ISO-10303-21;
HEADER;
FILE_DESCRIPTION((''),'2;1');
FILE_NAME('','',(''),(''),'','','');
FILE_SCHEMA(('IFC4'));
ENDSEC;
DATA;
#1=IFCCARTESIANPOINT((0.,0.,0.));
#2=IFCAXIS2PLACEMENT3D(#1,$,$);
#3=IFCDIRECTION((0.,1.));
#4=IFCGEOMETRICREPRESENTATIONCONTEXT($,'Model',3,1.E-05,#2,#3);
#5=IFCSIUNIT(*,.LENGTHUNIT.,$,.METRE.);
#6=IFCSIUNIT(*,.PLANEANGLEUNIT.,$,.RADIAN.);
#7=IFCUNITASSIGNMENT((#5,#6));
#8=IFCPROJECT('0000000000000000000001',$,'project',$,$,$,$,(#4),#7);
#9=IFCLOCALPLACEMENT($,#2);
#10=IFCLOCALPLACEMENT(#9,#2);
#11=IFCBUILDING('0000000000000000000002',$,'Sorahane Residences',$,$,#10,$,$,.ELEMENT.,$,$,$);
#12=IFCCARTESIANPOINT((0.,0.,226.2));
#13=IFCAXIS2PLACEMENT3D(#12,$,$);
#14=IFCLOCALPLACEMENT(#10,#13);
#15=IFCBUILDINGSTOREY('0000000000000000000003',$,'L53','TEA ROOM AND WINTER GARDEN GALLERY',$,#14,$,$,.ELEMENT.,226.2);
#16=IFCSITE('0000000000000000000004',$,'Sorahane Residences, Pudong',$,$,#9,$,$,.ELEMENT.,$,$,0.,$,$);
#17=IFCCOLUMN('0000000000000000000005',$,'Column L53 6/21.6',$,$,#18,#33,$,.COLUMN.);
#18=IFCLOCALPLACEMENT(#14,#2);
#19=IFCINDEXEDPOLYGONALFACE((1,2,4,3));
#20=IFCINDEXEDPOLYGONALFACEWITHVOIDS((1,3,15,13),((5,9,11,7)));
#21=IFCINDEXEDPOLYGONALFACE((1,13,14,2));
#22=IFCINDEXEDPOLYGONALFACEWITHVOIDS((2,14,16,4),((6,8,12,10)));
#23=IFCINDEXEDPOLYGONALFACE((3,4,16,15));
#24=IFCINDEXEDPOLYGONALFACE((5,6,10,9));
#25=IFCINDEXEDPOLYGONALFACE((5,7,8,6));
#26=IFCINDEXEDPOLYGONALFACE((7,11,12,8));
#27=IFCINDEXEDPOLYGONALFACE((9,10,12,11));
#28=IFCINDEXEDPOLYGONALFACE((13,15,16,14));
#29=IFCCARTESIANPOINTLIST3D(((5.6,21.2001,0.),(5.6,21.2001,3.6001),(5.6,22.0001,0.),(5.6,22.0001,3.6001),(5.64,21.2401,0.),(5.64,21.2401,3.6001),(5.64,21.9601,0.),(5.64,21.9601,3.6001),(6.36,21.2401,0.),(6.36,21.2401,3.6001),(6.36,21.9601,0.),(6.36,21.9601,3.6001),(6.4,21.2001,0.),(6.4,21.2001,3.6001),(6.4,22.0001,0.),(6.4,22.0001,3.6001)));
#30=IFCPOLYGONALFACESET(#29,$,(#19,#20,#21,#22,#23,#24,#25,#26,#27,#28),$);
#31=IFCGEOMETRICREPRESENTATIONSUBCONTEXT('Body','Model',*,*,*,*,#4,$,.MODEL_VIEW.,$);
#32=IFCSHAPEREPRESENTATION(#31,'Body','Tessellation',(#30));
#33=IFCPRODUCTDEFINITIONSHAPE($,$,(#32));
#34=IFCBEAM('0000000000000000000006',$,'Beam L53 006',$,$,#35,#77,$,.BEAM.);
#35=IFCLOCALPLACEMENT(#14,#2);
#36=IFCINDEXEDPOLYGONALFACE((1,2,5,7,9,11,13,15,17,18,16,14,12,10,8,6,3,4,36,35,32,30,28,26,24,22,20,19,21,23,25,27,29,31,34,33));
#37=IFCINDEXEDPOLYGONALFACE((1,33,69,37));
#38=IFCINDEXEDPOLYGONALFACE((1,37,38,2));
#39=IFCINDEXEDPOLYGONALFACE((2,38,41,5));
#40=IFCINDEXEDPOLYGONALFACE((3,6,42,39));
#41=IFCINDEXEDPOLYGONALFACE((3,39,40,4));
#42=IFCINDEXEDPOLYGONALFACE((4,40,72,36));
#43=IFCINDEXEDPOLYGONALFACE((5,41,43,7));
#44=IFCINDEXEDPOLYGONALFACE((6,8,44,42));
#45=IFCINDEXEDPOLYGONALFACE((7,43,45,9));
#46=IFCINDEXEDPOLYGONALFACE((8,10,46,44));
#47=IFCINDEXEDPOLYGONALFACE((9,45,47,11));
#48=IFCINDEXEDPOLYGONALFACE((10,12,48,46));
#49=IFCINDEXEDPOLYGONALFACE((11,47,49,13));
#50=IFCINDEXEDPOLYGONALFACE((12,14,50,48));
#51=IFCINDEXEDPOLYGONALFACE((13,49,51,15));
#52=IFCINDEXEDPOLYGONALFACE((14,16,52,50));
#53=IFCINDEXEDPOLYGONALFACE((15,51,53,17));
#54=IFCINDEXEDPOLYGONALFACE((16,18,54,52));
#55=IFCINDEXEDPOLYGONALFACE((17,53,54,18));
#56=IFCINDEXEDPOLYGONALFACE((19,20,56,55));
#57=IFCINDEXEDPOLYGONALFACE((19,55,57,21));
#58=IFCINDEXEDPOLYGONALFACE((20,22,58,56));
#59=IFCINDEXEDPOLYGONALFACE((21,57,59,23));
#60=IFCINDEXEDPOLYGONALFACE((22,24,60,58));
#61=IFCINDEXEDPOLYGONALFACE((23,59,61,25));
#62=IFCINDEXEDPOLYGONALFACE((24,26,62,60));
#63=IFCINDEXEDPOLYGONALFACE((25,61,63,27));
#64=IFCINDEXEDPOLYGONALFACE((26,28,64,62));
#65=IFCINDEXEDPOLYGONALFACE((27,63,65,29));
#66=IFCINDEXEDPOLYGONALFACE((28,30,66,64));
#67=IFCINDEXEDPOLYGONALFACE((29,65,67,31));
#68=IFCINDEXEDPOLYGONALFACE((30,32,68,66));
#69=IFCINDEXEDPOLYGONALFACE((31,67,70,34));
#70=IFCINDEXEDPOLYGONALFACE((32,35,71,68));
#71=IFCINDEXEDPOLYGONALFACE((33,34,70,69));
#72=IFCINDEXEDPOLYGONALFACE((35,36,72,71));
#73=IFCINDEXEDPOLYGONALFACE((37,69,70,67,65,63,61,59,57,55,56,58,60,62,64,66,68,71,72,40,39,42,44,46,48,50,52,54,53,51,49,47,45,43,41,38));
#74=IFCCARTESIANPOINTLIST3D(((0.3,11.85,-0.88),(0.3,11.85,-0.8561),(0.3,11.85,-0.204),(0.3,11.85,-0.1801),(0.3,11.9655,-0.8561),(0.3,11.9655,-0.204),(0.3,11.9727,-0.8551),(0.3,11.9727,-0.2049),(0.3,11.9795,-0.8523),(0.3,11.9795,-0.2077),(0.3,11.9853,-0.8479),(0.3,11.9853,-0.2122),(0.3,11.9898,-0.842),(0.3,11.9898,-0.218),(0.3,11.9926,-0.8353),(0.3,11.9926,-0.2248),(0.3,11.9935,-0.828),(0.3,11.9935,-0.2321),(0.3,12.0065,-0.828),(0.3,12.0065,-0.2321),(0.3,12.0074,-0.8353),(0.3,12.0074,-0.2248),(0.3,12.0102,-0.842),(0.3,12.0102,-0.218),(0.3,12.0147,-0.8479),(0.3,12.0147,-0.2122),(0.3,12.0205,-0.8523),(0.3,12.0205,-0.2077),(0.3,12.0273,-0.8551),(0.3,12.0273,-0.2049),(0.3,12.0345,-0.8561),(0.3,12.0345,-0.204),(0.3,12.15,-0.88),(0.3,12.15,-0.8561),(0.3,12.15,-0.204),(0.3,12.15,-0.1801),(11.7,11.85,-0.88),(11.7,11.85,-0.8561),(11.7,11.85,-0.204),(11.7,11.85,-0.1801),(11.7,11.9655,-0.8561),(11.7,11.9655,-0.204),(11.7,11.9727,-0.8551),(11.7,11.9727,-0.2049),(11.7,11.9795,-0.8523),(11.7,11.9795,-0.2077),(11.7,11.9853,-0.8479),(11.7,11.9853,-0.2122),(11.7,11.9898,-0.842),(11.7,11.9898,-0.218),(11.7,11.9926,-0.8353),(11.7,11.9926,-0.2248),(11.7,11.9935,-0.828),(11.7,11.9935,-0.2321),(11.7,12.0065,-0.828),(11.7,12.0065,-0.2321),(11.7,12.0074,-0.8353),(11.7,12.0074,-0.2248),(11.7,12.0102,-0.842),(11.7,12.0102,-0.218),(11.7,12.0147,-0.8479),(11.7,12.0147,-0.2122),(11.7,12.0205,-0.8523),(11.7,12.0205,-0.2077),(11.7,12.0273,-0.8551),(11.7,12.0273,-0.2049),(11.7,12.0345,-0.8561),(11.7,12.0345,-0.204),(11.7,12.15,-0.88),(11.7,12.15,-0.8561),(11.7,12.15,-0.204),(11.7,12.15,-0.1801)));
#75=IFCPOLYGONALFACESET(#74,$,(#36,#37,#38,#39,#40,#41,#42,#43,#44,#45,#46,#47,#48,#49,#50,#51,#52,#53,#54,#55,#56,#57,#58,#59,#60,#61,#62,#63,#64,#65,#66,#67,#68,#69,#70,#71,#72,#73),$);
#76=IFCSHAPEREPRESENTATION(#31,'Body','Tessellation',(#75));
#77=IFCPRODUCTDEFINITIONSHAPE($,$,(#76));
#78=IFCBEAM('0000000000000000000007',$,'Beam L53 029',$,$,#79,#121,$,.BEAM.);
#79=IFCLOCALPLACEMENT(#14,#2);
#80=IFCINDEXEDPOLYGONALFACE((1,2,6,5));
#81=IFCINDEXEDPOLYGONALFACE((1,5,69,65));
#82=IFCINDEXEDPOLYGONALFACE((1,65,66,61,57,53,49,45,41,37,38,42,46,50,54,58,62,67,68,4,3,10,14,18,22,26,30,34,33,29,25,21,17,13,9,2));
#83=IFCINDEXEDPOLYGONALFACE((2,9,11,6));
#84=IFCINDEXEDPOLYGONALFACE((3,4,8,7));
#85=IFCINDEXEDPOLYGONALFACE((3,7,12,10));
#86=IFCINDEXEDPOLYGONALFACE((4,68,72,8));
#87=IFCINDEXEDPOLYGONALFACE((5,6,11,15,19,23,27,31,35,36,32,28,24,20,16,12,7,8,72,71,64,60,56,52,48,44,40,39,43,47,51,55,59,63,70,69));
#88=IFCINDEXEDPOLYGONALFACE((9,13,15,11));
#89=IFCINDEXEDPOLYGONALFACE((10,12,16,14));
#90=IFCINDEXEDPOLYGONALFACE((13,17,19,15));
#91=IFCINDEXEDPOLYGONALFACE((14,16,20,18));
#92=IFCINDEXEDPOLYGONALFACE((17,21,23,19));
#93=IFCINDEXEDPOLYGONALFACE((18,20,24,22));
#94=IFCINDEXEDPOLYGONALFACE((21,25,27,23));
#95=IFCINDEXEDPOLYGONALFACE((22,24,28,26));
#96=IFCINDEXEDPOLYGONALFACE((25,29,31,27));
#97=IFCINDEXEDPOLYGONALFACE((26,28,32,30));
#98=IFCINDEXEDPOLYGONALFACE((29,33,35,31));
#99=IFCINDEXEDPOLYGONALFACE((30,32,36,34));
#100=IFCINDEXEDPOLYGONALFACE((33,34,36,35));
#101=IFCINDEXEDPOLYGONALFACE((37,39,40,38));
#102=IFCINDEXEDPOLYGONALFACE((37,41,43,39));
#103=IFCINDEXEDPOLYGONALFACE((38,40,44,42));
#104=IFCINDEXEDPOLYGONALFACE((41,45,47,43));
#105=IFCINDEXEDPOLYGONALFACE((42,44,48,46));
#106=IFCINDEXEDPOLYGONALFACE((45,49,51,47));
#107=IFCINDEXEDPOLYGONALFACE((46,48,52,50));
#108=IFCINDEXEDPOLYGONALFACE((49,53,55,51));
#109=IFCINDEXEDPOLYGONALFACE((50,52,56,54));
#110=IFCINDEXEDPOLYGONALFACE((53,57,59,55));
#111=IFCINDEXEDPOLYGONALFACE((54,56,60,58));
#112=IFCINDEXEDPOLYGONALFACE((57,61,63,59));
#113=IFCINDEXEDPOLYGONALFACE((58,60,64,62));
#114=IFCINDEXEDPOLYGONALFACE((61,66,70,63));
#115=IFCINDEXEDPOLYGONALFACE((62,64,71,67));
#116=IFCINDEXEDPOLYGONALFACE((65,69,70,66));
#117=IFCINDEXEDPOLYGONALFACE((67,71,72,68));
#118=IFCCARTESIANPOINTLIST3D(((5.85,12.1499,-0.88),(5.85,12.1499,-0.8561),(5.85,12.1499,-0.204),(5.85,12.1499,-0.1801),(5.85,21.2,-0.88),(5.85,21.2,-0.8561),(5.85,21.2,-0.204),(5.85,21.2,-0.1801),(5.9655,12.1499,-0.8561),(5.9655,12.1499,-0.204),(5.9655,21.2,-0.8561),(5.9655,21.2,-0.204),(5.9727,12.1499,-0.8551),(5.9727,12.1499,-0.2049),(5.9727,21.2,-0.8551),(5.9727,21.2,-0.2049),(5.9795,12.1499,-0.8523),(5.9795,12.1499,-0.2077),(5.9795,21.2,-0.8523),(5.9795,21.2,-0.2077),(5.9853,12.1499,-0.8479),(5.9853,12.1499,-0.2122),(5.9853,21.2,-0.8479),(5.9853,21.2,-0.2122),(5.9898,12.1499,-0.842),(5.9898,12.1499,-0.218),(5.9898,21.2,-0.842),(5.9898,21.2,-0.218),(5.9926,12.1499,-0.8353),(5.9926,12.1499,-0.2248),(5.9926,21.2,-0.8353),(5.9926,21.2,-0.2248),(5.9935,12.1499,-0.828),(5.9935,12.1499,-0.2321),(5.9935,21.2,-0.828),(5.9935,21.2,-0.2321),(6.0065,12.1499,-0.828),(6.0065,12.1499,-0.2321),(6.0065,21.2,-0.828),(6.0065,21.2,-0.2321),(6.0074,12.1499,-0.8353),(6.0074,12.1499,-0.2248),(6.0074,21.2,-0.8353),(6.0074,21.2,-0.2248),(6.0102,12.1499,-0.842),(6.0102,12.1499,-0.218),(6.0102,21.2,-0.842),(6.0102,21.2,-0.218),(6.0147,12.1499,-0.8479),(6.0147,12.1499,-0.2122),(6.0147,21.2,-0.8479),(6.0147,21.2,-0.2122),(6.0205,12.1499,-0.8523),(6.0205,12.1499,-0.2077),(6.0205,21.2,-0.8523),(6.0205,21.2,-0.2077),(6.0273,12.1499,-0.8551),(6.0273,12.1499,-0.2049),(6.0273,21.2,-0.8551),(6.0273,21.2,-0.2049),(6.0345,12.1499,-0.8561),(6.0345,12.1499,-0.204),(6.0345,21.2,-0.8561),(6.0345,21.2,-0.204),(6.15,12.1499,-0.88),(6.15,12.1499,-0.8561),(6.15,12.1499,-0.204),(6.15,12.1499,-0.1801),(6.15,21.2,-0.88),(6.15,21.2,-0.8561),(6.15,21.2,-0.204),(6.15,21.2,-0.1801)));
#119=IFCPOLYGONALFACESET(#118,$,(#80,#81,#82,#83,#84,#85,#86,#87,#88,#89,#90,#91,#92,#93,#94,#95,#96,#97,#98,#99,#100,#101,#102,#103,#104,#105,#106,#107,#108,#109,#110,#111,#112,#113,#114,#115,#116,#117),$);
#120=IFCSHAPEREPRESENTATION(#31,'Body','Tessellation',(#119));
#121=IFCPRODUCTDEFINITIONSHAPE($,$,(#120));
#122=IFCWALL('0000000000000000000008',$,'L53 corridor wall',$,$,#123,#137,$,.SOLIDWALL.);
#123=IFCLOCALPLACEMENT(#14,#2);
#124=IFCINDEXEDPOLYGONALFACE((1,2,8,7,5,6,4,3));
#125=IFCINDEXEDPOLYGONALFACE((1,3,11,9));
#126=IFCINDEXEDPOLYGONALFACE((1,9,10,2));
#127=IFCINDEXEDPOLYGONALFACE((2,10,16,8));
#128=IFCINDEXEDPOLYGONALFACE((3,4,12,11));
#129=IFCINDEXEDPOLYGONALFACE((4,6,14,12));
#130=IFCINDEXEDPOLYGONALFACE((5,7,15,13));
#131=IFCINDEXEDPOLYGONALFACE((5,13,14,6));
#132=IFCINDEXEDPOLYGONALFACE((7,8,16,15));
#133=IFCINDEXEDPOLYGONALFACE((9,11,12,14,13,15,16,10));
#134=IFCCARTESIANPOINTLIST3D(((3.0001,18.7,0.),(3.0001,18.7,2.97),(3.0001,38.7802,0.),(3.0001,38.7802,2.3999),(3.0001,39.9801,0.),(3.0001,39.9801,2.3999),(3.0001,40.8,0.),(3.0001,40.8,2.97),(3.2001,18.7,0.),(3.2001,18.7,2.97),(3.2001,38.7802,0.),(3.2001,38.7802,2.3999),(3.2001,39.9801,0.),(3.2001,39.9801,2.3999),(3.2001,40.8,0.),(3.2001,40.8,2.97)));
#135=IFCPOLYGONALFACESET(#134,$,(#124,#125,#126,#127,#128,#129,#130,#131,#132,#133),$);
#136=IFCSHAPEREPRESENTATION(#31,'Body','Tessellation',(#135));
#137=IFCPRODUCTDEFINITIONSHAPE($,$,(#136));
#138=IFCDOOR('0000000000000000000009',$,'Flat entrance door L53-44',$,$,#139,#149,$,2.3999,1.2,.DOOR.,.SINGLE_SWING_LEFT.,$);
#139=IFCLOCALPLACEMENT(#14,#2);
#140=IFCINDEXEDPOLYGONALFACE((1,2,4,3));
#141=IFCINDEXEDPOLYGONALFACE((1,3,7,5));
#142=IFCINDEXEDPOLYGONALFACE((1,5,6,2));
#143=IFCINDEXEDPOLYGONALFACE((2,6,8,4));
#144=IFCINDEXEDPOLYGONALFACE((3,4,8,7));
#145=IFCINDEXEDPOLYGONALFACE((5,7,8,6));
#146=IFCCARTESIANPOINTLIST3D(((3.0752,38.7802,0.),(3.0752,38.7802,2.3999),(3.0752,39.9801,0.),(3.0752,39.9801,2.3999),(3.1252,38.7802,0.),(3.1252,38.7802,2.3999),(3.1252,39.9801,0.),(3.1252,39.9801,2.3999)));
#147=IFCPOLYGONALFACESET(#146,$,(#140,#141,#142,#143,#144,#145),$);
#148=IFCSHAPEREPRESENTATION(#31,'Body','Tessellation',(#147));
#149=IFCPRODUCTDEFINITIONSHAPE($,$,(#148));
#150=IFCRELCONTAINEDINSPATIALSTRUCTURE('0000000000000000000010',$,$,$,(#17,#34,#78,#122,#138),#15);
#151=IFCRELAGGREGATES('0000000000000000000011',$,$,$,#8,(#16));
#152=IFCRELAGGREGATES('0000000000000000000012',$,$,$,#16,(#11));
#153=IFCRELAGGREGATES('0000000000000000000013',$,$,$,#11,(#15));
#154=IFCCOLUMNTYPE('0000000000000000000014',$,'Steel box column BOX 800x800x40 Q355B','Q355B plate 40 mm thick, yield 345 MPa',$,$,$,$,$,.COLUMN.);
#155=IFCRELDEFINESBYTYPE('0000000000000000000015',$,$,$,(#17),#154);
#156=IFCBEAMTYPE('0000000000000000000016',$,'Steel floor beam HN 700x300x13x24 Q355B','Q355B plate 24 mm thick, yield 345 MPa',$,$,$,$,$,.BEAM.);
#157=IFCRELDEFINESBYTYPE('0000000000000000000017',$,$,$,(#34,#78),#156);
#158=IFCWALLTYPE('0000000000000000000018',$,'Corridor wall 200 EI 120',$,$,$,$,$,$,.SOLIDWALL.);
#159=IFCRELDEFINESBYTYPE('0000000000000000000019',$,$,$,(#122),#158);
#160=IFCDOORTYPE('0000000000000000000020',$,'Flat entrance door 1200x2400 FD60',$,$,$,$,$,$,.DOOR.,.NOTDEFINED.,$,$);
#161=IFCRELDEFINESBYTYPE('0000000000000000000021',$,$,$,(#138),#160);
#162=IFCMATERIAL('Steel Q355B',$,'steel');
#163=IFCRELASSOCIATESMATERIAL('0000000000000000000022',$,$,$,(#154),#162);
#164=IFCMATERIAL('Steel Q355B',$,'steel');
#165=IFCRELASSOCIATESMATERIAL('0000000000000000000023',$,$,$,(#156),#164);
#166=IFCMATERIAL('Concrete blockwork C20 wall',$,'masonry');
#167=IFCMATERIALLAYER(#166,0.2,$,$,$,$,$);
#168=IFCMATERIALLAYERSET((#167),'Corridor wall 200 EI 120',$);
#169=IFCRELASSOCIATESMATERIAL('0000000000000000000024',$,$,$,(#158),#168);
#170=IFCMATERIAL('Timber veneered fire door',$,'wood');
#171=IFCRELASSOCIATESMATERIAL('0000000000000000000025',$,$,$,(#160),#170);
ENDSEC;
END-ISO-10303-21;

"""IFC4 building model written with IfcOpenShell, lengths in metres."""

from ifc_helpers import new_model, si_unit, direction, frame, frame_2d, origin, origin_2d, place, context, subcontext, project, spatial, rectangle, hollow_rectangle, i_section, extrude, material, layer, layer_set, material_profile, profile_set, type_object, element, fill, save


model = new_model("IFC4")

# Units and contexts
model_context = context("Model", 3, precision=1e-05, world=origin(), true_north=direction((0.0, 1.0)))
body_context = subcontext(model_context, "Body", "Model", "MODEL_VIEW")
ifc_project = project(units=[si_unit("LENGTHUNIT", "METRE"), si_unit("PLANEANGLEUNIT", "RADIAN")], contexts=[model_context])

# Site, building, storey
site_placement = place(None, origin())
site = spatial("IfcSite", under=ifc_project, at=site_placement, Name="Sorahane Residences, Pudong", CompositionType="ELEMENT", RefElevation=0.0)
building_placement = place(site_placement, origin())
building = spatial("IfcBuilding", under=site, at=building_placement, Name="Sorahane Residences", CompositionType="ELEMENT")
storey_placement = place(building_placement, frame((0.0, 0.0, 226.2)))
storey = spatial("IfcBuildingStorey", under=building, at=storey_placement, Name="L53", Description="TEA ROOM AND WINTER GARDEN GALLERY", CompositionType="ELEMENT", Elevation=226.2)

# Column
ifc_material_1 = material(Name="Steel Q355B", Category="steel")
ifc_material_profile_1 = material_profile(ifc_material_1, hollow_rectangle(XDim=0.8, YDim=0.8, WallThickness=0.04, at=origin_2d()), Name="BOX 800x800x40")
ifc_profile_set_1 = profile_set([ifc_material_profile_1], Name="Steel Q355B")
column_type = type_object("IfcColumnType", Name="Steel box column BOX 800x800x40 Q355B", Description="Q355B plate 40 mm thick, yield 345 MPa", PredefinedType="COLUMN", material=ifc_profile_set_1)
column_placement = place(storey_placement, frame((6.0, 21.6001, 0.0), z_axis=(0.0, 0.0, 1.0), x_axis=(1.0, 0.0, 0.0)))
element("IfcColumn", 1, at=column_placement, inside=storey, type_object=column_type, Name="Column L53 6/21.6", PredefinedType="COLUMN", context=body_context, shape_type="SweptSolid", body=[
    extrude(hollow_rectangle(XDim=0.8, YDim=0.8, WallThickness=0.04, at=origin_2d()), origin(), (0.0, 0.0, 1.0), 3.6001),
])

# Beams
ifc_material_2 = material(Name="Steel Q355B", Category="steel")
ifc_material_profile_2 = material_profile(ifc_material_2, i_section(OverallWidth=0.3, OverallDepth=0.7, WebThickness=0.0129, FlangeThickness=0.0239, FilletRadius=0.0281, at=origin_2d()), Name="HN 700x300x13x24")
ifc_profile_set_2 = profile_set([ifc_material_profile_2], Name="Steel Q355B")
beam_type = type_object("IfcBeamType", Name="Steel floor beam HN 700x300x13x24 Q355B", Description="Q355B plate 24 mm thick, yield 345 MPa", PredefinedType="BEAM", material=ifc_profile_set_2)
beam_1_placement = place(storey_placement, frame((0.3, 12.0, -0.53), z_axis=(1.0, 0.0, 0.0), x_axis=(0.0, 1.0, 0.0)))
element("IfcBeam", 2, at=beam_1_placement, inside=storey, type_object=beam_type, Name="Beam L53 006", PredefinedType="BEAM", context=body_context, shape_type="SweptSolid", body=[
    extrude(i_section(OverallWidth=0.3, OverallDepth=0.7, WebThickness=0.0129, FlangeThickness=0.0239, FilletRadius=0.0281, at=origin_2d()), origin(), (0.0, 0.0, 1.0), 11.3999),
])
beam_2_placement = place(storey_placement, frame((6.0, 12.1499, -0.53), z_axis=(0.0, 1.0, 0.0), x_axis=(-1.0, 0.0, 0.0)))
element("IfcBeam", 3, at=beam_2_placement, inside=storey, type_object=beam_type, Name="Beam L53 029", PredefinedType="BEAM", context=body_context, shape_type="SweptSolid", body=[
    extrude(i_section(OverallWidth=0.3, OverallDepth=0.7, WebThickness=0.0129, FlangeThickness=0.0239, FilletRadius=0.0281, at=origin_2d()), origin(), (0.0, 0.0, 1.0), 9.05),
])

# Wall, opening, door
ifc_material_3 = material(Name="Concrete blockwork C20 wall", Category="masonry")
ifc_layer_1 = layer(ifc_material_3, 0.2)
ifc_layer_set_1 = layer_set([ifc_layer_1], Name="Corridor wall 200 EI 120")
wall_type_1 = type_object("IfcWallType", Name="Corridor wall 200 EI 120", PredefinedType="SOLIDWALL", material=ifc_layer_set_1)
wall_1_placement = place(storey_placement, frame((3.1001, 18.7, 0.0), z_axis=(0.0, 0.0, 1.0), x_axis=(0.0, 1.0, 0.0)))
wall_1 = element("IfcWall", 4, at=wall_1_placement, inside=storey, type_object=wall_type_1, Name="L53 corridor wall", PredefinedType="SOLIDWALL", context=body_context, shape_type="SweptSolid", body=[
    extrude(rectangle(XDim=22.1001, YDim=0.2, at=frame_2d((11.05, 0.0))), origin(), (0.0, 0.0, 1.0), 2.97),
])
opening_1_placement = place(wall_1_placement, frame((20.0801, 0.0, 0.0)))
opening_1 = element("IfcOpeningElement", 5, at=opening_1_placement, cuts=wall_1, PredefinedType="OPENING", context=body_context, shape_type="SweptSolid", body=[
    extrude(rectangle(XDim=1.2, YDim=2.3999, at=frame_2d((0.6001, 1.2))), frame((0.0, 0.1099, 0.0), z_axis=(0.0, -1.0, 0.0), x_axis=(1.0, 0.0, 0.0)), (0.0, 0.0, 1.0), 0.22),
])
ifc_material_4 = material(Name="Timber veneered fire door", Category="wood")
door_type_1 = type_object("IfcDoorType", Name="Flat entrance door 1200x2400 FD60", OperationType="NOTDEFINED", PredefinedType="DOOR", material=ifc_material_4)
door_1_placement = place(opening_1_placement, origin())
door_1 = element("IfcDoor", 6, at=door_1_placement, inside=storey, type_object=door_type_1, Name="Flat entrance door L53-44", OperationType="SINGLE_SWING_LEFT", OverallHeight=2.3999, OverallWidth=1.2, PredefinedType="DOOR", context=body_context, shape_type="SweptSolid", body=[
    extrude(rectangle(XDim=1.2, YDim=2.3999, at=frame_2d((0.6001, 1.2))), frame((0.0, 0.0249, 0.0), z_axis=(0.0, -1.0, 0.0), x_axis=(1.0, 0.0, 0.0)), (0.0, 0.0, 1.0), 0.05),
])
fill(opening_1, door_1)

save(model, "model.ifc")
